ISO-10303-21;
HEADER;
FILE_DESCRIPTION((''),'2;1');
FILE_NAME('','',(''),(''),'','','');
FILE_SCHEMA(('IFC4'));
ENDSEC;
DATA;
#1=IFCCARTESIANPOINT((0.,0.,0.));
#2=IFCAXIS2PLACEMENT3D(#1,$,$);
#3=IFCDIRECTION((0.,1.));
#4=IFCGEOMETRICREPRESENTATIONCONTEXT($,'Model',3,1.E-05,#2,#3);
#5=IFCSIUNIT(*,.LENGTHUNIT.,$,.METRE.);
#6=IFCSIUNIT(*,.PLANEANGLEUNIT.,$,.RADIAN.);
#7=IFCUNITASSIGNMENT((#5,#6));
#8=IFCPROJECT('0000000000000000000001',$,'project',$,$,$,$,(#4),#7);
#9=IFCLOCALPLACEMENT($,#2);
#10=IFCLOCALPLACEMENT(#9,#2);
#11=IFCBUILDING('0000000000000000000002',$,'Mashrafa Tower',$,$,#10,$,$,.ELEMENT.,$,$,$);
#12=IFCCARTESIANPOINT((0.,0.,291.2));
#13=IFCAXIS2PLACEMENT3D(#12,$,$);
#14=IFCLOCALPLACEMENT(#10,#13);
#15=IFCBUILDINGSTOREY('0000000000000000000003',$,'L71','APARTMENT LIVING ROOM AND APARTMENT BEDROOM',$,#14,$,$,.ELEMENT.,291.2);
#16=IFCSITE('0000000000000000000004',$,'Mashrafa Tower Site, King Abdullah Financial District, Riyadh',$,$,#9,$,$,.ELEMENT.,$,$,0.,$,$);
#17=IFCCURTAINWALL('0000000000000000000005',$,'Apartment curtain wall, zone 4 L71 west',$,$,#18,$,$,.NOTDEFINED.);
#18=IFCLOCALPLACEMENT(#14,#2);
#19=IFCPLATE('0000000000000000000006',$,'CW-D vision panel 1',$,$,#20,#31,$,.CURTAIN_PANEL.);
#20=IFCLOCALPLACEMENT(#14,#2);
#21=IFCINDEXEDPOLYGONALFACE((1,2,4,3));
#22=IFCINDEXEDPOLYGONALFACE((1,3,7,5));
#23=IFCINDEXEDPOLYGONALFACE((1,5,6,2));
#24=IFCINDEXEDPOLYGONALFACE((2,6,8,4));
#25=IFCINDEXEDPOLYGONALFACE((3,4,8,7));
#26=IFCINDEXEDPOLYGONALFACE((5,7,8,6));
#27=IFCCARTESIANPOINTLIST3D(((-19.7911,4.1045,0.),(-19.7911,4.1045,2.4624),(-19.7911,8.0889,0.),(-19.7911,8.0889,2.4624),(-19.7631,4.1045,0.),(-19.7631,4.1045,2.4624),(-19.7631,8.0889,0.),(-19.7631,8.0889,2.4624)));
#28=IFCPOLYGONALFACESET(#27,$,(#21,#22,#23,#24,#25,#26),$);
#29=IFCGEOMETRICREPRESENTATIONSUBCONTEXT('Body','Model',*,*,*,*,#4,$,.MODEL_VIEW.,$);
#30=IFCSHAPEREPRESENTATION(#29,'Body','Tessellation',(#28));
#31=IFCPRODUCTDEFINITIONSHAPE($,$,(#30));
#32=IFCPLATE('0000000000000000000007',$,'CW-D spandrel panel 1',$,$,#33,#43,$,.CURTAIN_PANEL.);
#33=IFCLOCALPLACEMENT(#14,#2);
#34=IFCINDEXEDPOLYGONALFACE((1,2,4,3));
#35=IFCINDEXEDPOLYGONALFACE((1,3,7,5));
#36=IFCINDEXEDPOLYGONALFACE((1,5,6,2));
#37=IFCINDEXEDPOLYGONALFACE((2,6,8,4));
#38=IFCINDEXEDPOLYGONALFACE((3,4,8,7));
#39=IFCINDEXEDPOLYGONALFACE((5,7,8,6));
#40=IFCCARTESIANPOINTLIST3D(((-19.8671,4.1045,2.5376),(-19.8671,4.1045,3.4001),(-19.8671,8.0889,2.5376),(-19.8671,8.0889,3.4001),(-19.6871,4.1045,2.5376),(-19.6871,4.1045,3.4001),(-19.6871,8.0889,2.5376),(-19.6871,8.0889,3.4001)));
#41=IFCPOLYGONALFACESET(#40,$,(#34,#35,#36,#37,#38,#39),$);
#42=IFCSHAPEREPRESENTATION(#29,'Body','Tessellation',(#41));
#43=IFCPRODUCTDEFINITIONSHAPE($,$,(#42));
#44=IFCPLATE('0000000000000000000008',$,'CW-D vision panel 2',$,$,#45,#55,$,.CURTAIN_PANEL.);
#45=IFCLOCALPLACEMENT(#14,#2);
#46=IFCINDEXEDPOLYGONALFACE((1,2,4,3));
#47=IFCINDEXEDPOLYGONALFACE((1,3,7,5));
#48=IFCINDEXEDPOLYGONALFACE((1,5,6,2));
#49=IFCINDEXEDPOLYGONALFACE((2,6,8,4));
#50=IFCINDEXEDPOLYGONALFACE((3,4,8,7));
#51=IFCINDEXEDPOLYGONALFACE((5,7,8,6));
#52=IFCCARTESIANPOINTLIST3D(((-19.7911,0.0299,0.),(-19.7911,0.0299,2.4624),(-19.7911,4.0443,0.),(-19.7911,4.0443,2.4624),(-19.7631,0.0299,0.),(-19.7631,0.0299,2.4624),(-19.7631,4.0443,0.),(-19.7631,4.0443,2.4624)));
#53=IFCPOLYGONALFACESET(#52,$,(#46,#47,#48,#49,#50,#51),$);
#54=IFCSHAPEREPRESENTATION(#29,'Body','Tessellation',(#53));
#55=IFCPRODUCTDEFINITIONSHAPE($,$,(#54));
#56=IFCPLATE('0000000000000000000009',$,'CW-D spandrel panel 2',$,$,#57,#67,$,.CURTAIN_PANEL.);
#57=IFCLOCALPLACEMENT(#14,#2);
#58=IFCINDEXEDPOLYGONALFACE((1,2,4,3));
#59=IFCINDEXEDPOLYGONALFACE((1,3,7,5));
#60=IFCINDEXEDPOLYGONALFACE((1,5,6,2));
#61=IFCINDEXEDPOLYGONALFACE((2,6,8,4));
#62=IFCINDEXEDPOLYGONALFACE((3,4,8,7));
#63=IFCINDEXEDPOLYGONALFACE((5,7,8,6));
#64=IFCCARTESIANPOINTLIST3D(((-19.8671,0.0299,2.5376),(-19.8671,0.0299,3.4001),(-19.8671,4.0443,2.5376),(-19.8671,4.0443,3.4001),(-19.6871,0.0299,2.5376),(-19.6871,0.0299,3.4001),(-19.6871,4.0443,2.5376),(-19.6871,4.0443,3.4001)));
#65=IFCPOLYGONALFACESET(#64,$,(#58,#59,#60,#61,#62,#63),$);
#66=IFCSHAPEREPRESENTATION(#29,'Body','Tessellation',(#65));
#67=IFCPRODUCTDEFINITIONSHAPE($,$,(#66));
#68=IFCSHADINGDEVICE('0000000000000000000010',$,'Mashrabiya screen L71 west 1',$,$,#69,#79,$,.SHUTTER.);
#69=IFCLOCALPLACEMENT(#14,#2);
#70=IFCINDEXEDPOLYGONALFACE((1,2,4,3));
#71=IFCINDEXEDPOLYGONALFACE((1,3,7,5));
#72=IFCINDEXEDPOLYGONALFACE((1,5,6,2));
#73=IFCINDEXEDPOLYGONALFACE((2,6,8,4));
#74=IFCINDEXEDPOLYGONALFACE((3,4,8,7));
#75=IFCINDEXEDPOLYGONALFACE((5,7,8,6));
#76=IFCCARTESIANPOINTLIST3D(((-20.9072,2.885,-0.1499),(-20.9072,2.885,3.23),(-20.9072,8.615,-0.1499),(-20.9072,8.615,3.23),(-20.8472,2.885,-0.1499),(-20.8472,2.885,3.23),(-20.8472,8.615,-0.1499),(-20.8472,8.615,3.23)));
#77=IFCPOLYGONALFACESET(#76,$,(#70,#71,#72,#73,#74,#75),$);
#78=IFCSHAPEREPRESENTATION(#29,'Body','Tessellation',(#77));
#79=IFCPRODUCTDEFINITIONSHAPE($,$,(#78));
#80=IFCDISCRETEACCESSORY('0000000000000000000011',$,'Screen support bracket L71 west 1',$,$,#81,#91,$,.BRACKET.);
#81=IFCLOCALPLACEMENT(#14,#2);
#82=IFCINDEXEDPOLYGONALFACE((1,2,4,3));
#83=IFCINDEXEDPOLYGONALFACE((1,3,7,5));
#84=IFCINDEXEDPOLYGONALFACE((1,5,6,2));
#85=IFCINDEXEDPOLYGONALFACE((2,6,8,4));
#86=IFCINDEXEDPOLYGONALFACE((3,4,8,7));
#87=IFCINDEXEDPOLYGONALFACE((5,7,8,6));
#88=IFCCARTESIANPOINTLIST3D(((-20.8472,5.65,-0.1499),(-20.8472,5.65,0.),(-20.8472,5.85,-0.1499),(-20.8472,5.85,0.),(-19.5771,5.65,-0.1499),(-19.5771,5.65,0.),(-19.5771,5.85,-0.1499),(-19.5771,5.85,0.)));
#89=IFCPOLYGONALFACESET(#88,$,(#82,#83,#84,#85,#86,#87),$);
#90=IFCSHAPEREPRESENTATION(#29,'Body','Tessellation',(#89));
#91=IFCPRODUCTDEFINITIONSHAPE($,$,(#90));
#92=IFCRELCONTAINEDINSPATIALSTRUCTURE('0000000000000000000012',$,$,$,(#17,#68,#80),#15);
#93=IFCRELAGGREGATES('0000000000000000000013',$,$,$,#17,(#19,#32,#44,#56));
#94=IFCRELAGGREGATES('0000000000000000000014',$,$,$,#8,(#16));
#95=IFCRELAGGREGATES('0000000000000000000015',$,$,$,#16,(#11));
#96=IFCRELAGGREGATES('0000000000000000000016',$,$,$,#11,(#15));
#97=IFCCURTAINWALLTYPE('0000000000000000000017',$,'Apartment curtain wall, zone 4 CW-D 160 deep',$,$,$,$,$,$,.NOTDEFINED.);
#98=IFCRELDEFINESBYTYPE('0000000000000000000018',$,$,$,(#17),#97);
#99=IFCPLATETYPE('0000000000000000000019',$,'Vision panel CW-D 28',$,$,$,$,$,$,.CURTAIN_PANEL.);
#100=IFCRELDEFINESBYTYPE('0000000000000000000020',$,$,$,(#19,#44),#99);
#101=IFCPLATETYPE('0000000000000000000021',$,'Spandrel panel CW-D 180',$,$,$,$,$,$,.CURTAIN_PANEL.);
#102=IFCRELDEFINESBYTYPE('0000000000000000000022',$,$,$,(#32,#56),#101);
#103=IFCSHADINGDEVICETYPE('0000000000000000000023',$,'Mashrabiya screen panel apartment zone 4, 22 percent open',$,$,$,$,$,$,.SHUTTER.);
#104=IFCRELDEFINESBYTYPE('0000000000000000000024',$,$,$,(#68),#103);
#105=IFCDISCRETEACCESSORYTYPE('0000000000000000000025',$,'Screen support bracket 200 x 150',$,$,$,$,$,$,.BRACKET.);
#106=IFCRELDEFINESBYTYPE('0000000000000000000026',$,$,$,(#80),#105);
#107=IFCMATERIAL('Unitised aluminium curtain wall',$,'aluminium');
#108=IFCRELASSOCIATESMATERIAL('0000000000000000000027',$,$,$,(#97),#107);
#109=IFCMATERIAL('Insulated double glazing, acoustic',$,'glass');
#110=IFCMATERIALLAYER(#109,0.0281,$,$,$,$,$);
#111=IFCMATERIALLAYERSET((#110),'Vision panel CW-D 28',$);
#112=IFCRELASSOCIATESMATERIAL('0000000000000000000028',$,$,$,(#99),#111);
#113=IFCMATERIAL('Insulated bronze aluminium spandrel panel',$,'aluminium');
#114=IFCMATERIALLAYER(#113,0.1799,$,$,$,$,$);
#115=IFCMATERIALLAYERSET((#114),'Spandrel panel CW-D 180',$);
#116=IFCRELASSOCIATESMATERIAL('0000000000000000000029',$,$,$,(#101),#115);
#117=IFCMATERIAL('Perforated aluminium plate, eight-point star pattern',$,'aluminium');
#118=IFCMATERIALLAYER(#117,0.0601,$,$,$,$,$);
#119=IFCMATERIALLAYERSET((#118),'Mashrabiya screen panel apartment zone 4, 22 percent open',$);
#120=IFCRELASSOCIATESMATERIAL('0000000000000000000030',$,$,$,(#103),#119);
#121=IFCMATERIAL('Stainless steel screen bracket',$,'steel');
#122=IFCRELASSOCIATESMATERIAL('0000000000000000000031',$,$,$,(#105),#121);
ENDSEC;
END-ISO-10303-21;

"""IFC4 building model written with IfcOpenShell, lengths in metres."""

from ifc_helpers import new_model, si_unit, direction, frame, origin, origin_2d, place, context, subcontext, project, spatial, rectangle, extrude, source, transform, mapped, material, layer, layer_set, type_object, type_shapes, element, aggregate, save


model = new_model("IFC4")

# Units and contexts
model_context = context("Model", 3, precision=1e-05, world=origin(), true_north=direction((0.0, 1.0)))
body_context = subcontext(model_context, "Body", "Model", "MODEL_VIEW")
ifc_project = project(units=[si_unit("LENGTHUNIT", "METRE"), si_unit("PLANEANGLEUNIT", "RADIAN")], contexts=[model_context])

# Site, building, storey
site_placement = place(None, origin())
site = spatial("IfcSite", under=ifc_project, at=site_placement, Name="Mashrafa Tower Site, King Abdullah Financial District, Riyadh", CompositionType="ELEMENT", RefElevation=0.0)
building_placement = place(site_placement, origin())
building = spatial("IfcBuilding", under=site, at=building_placement, Name="Mashrafa Tower", CompositionType="ELEMENT")
storey_placement = place(building_placement, frame((0.0, 0.0, 291.2)))
storey = spatial("IfcBuildingStorey", under=building, at=storey_placement, Name="L71", Description="APARTMENT LIVING ROOM AND APARTMENT BEDROOM", CompositionType="ELEMENT", Elevation=291.2)

# Shared definitions
ifc_material_1 = material(Name="Unitised aluminium curtain wall", Category="aluminium")
curtain_wall_type = type_object("IfcCurtainWallType", Name="Apartment curtain wall, zone 4 CW-D 160 deep", PredefinedType="NOTDEFINED", material=ifc_material_1)

# Curtain wall, plates
curtain_wall_1_placement = place(storey_placement, origin())
curtain_wall_1 = element("IfcCurtainWall", 1, at=curtain_wall_1_placement, inside=storey, type_object=curtain_wall_type, Name="Apartment curtain wall, zone 4 L71 west", PredefinedType="NOTDEFINED")
ifc_material_2 = material(Name="Insulated double glazing, acoustic", Category="glass")
ifc_layer_1 = layer(ifc_material_2, 0.0281)
ifc_layer_set_1 = layer_set([ifc_layer_1], Name="Vision panel CW-D 28")
plate_type_1 = type_object("IfcPlateType", Name="Vision panel CW-D 28", PredefinedType="CURTAIN_PANEL", material=ifc_layer_set_1)
shared_shape_1 = source(origin(), body_context, "Body", "SweptSolid", [
    extrude(rectangle(XDim=3.9844, YDim=0.0281, at=origin_2d()), origin(), (0.0, 0.0, 1.0), 2.4624),
])
plate_1_placement = place(storey_placement, frame((-19.7771, 6.0967, 0.0), z_axis=(0.0, 0.0, 1.0), x_axis=(0.0, -1.0, 0.0)))
plate_1 = element("IfcPlate", 2, at=plate_1_placement, type_object=plate_type_1, Name="CW-D vision panel 1", PredefinedType="CURTAIN_PANEL", context=body_context, shape_type="MappedRepresentation", body=[
    mapped(shared_shape_1, transform((0.0, 0.0, 0.0))),
])
ifc_material_3 = material(Name="Insulated bronze aluminium spandrel panel", Category="aluminium")
ifc_layer_2 = layer(ifc_material_3, 0.1799)
ifc_layer_set_2 = layer_set([ifc_layer_2], Name="Spandrel panel CW-D 180")
plate_type_2 = type_object("IfcPlateType", Name="Spandrel panel CW-D 180", PredefinedType="CURTAIN_PANEL", material=ifc_layer_set_2)
shared_shape_2 = source(origin(), body_context, "Body", "SweptSolid", [
    extrude(rectangle(XDim=3.9844, YDim=0.1799, at=origin_2d()), origin(), (0.0, 0.0, 1.0), 0.8625),
])
plate_2_placement = place(storey_placement, frame((-19.7771, 6.0967, 2.5376), z_axis=(0.0, 0.0, 1.0), x_axis=(0.0, -1.0, 0.0)))
plate_2 = element("IfcPlate", 3, at=plate_2_placement, type_object=plate_type_2, Name="CW-D spandrel panel 1", PredefinedType="CURTAIN_PANEL", context=body_context, shape_type="MappedRepresentation", body=[
    mapped(shared_shape_2, transform((0.0, 0.0, 0.0))),
])
shared_shape_3 = source(origin(), body_context, "Body", "SweptSolid", [
    extrude(rectangle(XDim=4.0144, YDim=0.0281, at=origin_2d()), origin(), (0.0, 0.0, 1.0), 2.4624),
])
type_shapes(plate_type_1, [shared_shape_1, shared_shape_3])
plate_3_placement = place(storey_placement, frame((-19.7771, 2.0371, 0.0), z_axis=(0.0, 0.0, 1.0), x_axis=(0.0, -1.0, 0.0)))
plate_3 = element("IfcPlate", 4, at=plate_3_placement, type_object=plate_type_1, Name="CW-D vision panel 2", PredefinedType="CURTAIN_PANEL", context=body_context, shape_type="MappedRepresentation", body=[
    mapped(shared_shape_3, transform((0.0, 0.0, 0.0))),
])
shared_shape_4 = source(origin(), body_context, "Body", "SweptSolid", [
    extrude(rectangle(XDim=4.0144, YDim=0.1799, at=origin_2d()), origin(), (0.0, 0.0, 1.0), 0.8625),
])
type_shapes(plate_type_2, [shared_shape_2, shared_shape_4])
plate_4_placement = place(storey_placement, frame((-19.7771, 2.0371, 2.5376), z_axis=(0.0, 0.0, 1.0), x_axis=(0.0, -1.0, 0.0)))
plate_4 = element("IfcPlate", 5, at=plate_4_placement, type_object=plate_type_2, Name="CW-D spandrel panel 2", PredefinedType="CURTAIN_PANEL", context=body_context, shape_type="MappedRepresentation", body=[
    mapped(shared_shape_4, transform((0.0, 0.0, 0.0))),
])
aggregate(curtain_wall_1, [plate_1, plate_2, plate_3, plate_4])

# Shading device
ifc_material_4 = material(Name="Perforated aluminium plate, eight-point star pattern", Category="aluminium")
ifc_layer_3 = layer(ifc_material_4, 0.0601)
ifc_layer_set_3 = layer_set([ifc_layer_3], Name="Mashrabiya screen panel apartment zone 4, 22 percent open")
shading_device_type = type_object("IfcShadingDeviceType", Name="Mashrabiya screen panel apartment zone 4, 22 percent open", PredefinedType="SHUTTER", material=ifc_layer_set_3)
shared_shape_5 = source(origin(), body_context, "Body", "SweptSolid", [
    extrude(rectangle(XDim=5.73, YDim=0.0601, at=origin_2d()), origin(), (0.0, 0.0, 1.0), 3.3799),
])
type_shapes(shading_device_type, [shared_shape_5])
shading_device_placement = place(storey_placement, frame((-20.8772, 5.75, -0.1499), z_axis=(0.0, 0.0, 1.0), x_axis=(0.0, -1.0, 0.0)))
element("IfcShadingDevice", 6, at=shading_device_placement, inside=storey, type_object=shading_device_type, Name="Mashrabiya screen L71 west 1", PredefinedType="SHUTTER", context=body_context, shape_type="MappedRepresentation", body=[
    mapped(shared_shape_5, transform((0.0, 0.0, 0.0))),
])

# Discrete accessory
ifc_material_5 = material(Name="Stainless steel screen bracket", Category="steel")
discrete_accessory_type = type_object("IfcDiscreteAccessoryType", Name="Screen support bracket 200 x 150", PredefinedType="BRACKET", material=ifc_material_5)
shared_shape_6 = source(origin(), body_context, "Body", "SweptSolid", [
    extrude(rectangle(XDim=0.2, YDim=1.27, at=origin_2d()), origin(), (0.0, 0.0, 1.0), 0.1499),
])
type_shapes(discrete_accessory_type, [shared_shape_6])
discrete_accessory_placement = place(storey_placement, frame((-20.2122, 5.75, -0.1499), z_axis=(0.0, 0.0, 1.0), x_axis=(0.0, -1.0, 0.0)))
element("IfcDiscreteAccessory", 7, at=discrete_accessory_placement, inside=storey, type_object=discrete_accessory_type, Name="Screen support bracket L71 west 1", PredefinedType="BRACKET", context=body_context, shape_type="MappedRepresentation", body=[
    mapped(shared_shape_6, transform((0.0, 0.0, 0.0))),
])

save(model, "model.ifc")
